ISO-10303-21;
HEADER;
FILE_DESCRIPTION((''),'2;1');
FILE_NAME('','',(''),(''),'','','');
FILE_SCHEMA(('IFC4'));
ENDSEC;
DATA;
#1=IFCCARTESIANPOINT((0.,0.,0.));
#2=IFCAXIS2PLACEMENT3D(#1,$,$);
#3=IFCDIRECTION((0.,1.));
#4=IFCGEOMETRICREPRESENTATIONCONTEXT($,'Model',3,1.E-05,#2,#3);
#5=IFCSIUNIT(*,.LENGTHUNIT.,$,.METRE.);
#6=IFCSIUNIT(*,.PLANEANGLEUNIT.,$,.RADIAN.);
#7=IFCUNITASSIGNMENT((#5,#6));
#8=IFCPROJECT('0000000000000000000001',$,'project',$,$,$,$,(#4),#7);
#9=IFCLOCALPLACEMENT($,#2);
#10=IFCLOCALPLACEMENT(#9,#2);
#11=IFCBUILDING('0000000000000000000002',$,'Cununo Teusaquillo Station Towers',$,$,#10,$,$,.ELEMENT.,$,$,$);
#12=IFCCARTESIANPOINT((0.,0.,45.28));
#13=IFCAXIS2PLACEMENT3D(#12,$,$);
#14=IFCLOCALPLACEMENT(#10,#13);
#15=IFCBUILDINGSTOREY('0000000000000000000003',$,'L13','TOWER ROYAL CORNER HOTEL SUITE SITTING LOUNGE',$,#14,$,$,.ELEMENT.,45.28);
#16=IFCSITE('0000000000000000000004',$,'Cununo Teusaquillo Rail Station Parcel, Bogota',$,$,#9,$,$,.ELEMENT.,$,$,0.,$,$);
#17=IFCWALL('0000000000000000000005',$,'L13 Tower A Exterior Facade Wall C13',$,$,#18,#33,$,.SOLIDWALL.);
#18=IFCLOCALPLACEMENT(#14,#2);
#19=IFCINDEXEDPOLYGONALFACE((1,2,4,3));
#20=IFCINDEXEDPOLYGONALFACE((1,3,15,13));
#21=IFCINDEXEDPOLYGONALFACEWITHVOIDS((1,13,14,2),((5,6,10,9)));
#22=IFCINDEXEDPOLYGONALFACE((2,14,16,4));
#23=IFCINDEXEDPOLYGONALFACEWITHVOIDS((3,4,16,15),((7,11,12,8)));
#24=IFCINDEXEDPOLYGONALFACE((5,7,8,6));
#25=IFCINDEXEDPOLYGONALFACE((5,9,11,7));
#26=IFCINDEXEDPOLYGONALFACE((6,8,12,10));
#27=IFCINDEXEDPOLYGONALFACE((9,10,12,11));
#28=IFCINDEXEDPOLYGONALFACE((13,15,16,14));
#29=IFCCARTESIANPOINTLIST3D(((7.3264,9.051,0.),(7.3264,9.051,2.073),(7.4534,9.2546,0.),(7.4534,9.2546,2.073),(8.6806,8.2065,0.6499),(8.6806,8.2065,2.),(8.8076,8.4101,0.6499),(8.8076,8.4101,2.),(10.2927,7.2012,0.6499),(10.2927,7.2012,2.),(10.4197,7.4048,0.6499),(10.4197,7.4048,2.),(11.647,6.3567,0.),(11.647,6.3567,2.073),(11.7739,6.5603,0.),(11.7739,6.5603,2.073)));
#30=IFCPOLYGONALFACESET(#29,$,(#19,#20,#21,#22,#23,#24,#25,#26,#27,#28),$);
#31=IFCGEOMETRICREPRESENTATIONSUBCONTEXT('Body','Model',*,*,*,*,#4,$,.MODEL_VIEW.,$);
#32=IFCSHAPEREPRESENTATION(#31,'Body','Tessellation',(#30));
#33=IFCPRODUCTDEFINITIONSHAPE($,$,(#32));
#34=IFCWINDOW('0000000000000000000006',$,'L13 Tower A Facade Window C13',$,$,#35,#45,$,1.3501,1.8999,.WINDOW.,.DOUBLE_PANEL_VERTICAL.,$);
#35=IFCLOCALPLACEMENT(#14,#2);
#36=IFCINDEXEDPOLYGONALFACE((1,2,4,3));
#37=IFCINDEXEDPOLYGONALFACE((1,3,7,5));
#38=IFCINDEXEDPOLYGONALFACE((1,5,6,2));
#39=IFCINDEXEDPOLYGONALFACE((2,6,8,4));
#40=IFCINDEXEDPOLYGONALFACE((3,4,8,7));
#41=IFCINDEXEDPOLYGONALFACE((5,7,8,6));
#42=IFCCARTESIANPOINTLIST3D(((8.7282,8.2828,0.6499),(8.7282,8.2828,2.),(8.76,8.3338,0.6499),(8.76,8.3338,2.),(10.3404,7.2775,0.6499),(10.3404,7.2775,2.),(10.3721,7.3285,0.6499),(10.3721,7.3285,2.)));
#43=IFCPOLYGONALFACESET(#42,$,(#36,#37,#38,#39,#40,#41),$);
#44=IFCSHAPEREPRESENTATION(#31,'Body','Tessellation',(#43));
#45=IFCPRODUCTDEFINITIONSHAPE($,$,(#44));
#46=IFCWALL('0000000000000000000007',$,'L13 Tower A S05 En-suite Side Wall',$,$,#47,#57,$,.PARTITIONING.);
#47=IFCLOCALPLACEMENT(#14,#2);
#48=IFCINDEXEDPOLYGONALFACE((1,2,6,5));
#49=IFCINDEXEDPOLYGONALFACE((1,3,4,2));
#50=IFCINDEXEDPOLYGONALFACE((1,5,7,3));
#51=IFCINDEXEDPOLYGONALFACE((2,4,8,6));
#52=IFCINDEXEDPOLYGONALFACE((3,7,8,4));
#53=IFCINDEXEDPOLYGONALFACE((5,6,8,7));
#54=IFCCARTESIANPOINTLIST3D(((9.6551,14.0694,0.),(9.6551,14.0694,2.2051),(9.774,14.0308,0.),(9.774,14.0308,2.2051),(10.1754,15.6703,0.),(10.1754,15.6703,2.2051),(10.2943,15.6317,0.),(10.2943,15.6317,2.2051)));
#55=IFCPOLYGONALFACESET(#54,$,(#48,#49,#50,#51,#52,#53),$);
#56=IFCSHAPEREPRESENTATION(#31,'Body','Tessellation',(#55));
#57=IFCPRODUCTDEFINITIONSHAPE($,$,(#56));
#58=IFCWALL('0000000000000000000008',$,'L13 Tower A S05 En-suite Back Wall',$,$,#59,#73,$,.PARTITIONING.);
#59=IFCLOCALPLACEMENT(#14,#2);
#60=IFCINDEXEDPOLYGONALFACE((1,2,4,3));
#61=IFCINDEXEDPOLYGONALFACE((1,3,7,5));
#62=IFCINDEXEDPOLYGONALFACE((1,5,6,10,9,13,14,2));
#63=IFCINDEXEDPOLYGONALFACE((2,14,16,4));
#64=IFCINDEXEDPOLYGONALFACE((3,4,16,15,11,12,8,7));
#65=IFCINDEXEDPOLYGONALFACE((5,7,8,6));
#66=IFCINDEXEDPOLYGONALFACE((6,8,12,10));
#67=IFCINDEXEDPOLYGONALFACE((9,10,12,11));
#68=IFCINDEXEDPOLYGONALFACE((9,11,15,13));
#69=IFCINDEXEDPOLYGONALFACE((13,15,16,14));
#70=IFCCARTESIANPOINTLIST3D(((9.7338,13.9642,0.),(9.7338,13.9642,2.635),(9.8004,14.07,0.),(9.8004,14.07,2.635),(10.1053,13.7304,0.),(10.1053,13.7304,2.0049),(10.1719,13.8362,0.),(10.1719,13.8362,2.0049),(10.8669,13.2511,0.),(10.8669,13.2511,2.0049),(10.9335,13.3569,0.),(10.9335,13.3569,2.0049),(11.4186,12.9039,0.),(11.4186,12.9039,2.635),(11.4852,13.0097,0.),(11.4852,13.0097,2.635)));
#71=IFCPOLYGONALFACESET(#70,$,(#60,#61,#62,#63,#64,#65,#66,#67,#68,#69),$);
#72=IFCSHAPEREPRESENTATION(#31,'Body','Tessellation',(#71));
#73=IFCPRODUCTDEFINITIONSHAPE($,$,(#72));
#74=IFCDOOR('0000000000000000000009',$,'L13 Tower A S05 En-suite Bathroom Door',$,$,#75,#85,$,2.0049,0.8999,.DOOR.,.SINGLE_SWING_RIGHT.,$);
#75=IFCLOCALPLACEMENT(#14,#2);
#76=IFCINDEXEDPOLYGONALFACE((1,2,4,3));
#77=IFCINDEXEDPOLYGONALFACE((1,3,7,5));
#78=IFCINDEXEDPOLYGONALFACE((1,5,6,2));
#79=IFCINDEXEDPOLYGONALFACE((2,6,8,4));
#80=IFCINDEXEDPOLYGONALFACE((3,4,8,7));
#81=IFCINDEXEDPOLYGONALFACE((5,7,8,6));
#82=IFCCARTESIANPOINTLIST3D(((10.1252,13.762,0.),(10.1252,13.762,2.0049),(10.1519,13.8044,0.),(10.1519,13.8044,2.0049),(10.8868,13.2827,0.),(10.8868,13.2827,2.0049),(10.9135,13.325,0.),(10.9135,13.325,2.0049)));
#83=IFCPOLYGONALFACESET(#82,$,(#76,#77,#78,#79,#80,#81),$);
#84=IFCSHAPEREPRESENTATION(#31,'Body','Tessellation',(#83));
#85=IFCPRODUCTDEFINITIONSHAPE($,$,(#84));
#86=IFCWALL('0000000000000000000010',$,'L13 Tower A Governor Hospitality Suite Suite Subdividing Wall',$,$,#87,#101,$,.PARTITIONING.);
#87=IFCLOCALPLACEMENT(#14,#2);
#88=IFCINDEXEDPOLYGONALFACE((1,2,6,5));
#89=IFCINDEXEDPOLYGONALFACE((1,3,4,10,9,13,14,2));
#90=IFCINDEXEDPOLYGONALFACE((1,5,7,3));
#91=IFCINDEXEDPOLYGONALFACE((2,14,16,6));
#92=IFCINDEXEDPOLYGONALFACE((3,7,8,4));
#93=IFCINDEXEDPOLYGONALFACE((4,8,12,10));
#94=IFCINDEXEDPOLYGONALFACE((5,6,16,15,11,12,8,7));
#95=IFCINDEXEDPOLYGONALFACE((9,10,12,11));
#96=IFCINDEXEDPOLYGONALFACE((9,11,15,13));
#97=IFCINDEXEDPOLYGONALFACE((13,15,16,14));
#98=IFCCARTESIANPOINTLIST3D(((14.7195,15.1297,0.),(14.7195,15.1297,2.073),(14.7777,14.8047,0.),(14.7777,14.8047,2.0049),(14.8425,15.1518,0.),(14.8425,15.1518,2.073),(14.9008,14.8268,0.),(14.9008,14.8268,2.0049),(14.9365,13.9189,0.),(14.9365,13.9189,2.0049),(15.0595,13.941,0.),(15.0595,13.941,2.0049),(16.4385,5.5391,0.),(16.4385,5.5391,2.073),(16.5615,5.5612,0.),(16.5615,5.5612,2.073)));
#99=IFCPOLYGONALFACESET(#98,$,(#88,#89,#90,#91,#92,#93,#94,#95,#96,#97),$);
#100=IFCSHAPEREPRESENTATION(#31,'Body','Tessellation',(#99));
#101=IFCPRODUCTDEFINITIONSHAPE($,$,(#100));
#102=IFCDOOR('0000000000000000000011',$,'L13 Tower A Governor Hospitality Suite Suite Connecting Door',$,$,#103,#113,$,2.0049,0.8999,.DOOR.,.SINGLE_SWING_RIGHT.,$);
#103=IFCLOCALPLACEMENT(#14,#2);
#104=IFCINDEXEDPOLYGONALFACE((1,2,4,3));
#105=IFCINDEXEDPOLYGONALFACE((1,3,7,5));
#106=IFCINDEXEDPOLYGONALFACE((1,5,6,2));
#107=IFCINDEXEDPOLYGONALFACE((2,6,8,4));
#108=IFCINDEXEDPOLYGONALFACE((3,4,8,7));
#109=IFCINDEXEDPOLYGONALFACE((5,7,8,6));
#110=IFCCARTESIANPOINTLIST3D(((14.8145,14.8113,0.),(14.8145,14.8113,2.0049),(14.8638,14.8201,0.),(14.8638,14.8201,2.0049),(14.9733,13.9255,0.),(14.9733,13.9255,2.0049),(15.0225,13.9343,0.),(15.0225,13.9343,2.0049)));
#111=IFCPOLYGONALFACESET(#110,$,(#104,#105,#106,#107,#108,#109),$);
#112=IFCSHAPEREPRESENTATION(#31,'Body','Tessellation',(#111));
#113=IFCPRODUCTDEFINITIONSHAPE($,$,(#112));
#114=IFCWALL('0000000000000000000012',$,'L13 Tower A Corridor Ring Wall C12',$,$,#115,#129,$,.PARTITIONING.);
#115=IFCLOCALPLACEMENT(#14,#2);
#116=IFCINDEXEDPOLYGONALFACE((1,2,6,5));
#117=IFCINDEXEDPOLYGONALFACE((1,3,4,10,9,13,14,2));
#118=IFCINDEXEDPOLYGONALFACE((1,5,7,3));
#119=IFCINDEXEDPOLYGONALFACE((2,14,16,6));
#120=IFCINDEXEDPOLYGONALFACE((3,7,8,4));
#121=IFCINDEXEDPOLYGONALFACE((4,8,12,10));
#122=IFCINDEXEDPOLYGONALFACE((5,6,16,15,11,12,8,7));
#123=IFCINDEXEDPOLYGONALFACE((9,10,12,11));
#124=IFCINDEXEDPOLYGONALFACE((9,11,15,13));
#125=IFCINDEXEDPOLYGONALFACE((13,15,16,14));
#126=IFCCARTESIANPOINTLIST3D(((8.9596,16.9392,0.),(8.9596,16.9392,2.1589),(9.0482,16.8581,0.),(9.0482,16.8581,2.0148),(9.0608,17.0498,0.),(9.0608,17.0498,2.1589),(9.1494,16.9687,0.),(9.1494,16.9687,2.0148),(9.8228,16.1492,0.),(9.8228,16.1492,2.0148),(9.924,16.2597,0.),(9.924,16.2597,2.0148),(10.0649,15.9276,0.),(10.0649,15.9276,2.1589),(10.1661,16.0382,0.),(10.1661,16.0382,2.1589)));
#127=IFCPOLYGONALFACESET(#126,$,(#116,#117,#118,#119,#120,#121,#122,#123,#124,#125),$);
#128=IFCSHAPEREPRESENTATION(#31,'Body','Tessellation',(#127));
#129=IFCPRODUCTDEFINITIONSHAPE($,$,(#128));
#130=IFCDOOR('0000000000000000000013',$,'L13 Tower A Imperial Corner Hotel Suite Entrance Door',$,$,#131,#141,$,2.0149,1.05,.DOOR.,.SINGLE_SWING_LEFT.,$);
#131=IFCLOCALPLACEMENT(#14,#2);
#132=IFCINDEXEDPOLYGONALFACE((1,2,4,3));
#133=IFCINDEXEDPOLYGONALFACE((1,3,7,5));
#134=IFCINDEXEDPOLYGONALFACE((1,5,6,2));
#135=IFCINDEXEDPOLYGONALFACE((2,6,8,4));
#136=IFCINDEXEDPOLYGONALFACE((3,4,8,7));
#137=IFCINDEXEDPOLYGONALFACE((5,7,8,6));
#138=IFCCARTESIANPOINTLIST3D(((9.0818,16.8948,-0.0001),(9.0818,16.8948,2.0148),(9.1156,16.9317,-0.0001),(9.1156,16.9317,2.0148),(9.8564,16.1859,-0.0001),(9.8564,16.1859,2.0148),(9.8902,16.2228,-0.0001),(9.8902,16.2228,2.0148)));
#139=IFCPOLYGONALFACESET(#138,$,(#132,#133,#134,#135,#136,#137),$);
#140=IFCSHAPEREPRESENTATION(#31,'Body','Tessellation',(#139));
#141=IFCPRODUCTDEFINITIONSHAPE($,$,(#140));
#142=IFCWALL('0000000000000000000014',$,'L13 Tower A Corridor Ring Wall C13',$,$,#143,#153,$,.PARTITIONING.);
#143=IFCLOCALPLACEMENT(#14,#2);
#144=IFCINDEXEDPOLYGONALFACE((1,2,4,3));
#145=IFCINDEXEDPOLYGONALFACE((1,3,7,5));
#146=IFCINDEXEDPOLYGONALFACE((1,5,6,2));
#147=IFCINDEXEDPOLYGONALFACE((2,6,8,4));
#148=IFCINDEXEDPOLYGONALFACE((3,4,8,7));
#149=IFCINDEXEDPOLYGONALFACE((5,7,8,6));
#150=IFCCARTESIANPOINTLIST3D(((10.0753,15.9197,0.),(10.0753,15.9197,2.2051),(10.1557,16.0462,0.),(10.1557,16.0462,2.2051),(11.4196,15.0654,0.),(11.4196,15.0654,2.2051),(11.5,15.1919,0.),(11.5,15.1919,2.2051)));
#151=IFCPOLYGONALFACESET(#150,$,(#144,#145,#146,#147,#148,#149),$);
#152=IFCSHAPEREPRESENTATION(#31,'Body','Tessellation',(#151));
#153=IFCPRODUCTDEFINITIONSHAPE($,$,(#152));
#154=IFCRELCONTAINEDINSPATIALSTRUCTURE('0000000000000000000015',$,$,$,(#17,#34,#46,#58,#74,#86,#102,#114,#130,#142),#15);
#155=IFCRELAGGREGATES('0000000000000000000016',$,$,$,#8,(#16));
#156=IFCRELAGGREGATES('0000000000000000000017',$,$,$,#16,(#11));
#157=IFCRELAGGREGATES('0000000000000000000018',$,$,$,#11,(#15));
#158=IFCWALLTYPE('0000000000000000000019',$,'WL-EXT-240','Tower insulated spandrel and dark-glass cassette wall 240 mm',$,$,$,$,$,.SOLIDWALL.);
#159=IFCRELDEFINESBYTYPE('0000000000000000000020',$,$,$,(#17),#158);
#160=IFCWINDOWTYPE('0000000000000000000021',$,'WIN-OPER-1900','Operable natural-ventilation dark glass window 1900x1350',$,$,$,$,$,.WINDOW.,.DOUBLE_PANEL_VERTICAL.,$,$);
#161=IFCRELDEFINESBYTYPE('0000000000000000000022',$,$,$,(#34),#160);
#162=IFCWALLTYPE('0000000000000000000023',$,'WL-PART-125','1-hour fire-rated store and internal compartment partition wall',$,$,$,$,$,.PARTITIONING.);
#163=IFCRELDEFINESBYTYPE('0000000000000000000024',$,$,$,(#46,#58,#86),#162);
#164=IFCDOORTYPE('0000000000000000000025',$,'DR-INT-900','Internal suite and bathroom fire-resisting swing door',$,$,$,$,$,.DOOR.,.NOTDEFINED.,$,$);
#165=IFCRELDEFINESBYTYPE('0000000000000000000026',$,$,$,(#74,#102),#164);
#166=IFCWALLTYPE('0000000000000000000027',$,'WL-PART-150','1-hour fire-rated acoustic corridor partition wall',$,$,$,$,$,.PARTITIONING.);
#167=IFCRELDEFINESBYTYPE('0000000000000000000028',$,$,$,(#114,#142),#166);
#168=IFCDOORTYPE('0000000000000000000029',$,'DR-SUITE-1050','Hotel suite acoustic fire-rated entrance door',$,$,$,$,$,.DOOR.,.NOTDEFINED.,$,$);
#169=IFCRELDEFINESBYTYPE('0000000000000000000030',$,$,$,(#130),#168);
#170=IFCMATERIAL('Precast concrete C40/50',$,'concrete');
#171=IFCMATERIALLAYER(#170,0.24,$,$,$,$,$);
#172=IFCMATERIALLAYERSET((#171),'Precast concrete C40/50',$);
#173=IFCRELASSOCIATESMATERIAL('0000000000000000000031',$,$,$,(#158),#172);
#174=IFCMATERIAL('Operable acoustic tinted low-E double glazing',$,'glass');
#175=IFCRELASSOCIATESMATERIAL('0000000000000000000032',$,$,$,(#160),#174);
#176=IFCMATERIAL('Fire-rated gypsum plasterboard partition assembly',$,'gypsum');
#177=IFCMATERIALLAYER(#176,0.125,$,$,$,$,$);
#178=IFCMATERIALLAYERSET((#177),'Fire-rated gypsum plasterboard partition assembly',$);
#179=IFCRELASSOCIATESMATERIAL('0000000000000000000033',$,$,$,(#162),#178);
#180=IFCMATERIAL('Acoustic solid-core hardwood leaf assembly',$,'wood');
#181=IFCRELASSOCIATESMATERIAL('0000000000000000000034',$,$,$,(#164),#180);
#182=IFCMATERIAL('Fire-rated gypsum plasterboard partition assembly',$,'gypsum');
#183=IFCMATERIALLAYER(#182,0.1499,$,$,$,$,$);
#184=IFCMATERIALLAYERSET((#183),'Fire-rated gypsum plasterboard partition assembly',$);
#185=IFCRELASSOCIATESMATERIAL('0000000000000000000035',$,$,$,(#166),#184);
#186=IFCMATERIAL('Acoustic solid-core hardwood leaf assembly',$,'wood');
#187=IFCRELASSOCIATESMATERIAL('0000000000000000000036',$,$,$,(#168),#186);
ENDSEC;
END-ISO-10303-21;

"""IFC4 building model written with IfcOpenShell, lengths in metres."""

from ifc_helpers import new_model, si_unit, direction, frame, frame_2d, origin, place, context, subcontext, project, spatial, rectangle, extrude, source, transform, mapped, material, layer, layer_set, type_object, element, fill, save


model = new_model("IFC4")

# Units and contexts
model_context = context("Model", 3, precision=1e-05, world=origin(), true_north=direction((0.0, 1.0)))
body_context = subcontext(model_context, "Body", "Model", "MODEL_VIEW")
ifc_project = project(units=[si_unit("LENGTHUNIT", "METRE"), si_unit("PLANEANGLEUNIT", "RADIAN")], contexts=[model_context])

# Site, building, storey
site_placement = place(None, origin())
site = spatial("IfcSite", under=ifc_project, at=site_placement, Name="Cununo Teusaquillo Rail Station Parcel, Bogota", CompositionType="ELEMENT", RefElevation=0.0)
building_placement = place(site_placement, origin())
building = spatial("IfcBuilding", under=site, at=building_placement, Name="Cununo Teusaquillo Station Towers", CompositionType="ELEMENT")
storey_placement = place(building_placement, frame((0.0, 0.0, 45.28)))
storey = spatial("IfcBuildingStorey", under=building, at=storey_placement, Name="L13", Description="TOWER ROYAL CORNER HOTEL SUITE SITTING LOUNGE", CompositionType="ELEMENT", Elevation=45.28)

# Shared definitions
ifc_material_1 = material(Name="Precast concrete C40/50", Category="concrete")
ifc_layer_1 = layer(ifc_material_1, 0.24)
ifc_layer_set_1 = layer_set([ifc_layer_1], Name="Precast concrete C40/50")
wall_type_1 = type_object("IfcWallType", Name="WL-EXT-240", Description="Tower insulated spandrel and dark-glass cassette wall 240 mm", PredefinedType="SOLIDWALL", material=ifc_layer_set_1)

# Wall, opening, window
wall_1_placement = place(storey_placement, frame((11.7104, 6.4585, 0.0), z_axis=(0.0, 0.0, 1.0), x_axis=(-0.848529, 0.52915, 0.0)))
wall_1 = element("IfcWall", 1, at=wall_1_placement, inside=storey, type_object=wall_type_1, Name="L13 Tower A Exterior Facade Wall C13", PredefinedType="SOLIDWALL", context=body_context, shape_type="SweptSolid", body=[
    extrude(rectangle(XDim=5.0918, YDim=0.24, at=frame_2d((2.5459, 0.0))), origin(), (0.0, 0.0, 1.0), 2.073),
])
shared_shape_1 = source(origin(), body_context, "Body", "SweptSolid", [
    extrude(rectangle(XDim=1.8999, YDim=1.3501, at=frame_2d((0.95, 0.675))), frame((0.0, 0.1299, 0.0), z_axis=(0.0, -1.0, 0.0), x_axis=(1.0, 0.0, 0.0)), (0.0, 0.0, 1.0), 0.26),
])
opening_1_placement = place(wall_1_placement, frame((1.5959, 0.0, 0.6499)))
opening_1 = element("IfcOpeningElement", 2, at=opening_1_placement, cuts=wall_1, PredefinedType="OPENING", context=body_context, shape_type="MappedRepresentation", body=[
    mapped(shared_shape_1, transform((0.0, 0.0, 0.0), x_axis=(1.0, 0.0, 0.0), y_axis=(0.0, 1.0, 0.0), z_axis=(0.0, 0.0, 1.0), scale=1.0)),
])
ifc_material_2 = material(Name="Operable acoustic tinted low-E double glazing", Category="glass")
window_type_1 = type_object("IfcWindowType", Name="WIN-OPER-1900", Description="Operable natural-ventilation dark glass window 1900x1350", PartitioningType="DOUBLE_PANEL_VERTICAL", PredefinedType="WINDOW", material=ifc_material_2)
shared_shape_2 = source(origin(), body_context, "Body", "SweptSolid", [
    extrude(rectangle(XDim=1.8999, YDim=1.3501, at=frame_2d((0.95, 0.675))), frame((0.0, 0.03, 0.0), z_axis=(0.0, -1.0, 0.0), x_axis=(1.0, 0.0, 0.0)), (0.0, 0.0, 1.0), 0.0601),
])
window_1_placement = place(opening_1_placement, origin())
window_1 = element("IfcWindow", 3, at=window_1_placement, inside=storey, type_object=window_type_1, Name="L13 Tower A Facade Window C13", OverallHeight=1.3501, OverallWidth=1.8999, PartitioningType="DOUBLE_PANEL_VERTICAL", PredefinedType="WINDOW", context=body_context, shape_type="MappedRepresentation", body=[
    mapped(shared_shape_2, transform((0.0, 0.0, 0.0), x_axis=(1.0, 0.0, 0.0), y_axis=(0.0, 1.0, 0.0), z_axis=(0.0, 0.0, 1.0), scale=1.0)),
])
fill(opening_1, window_1)

# Wall
ifc_material_3 = material(Name="Fire-rated gypsum plasterboard partition assembly", Category="gypsum")
ifc_layer_2 = layer(ifc_material_3, 0.125)
ifc_layer_set_2 = layer_set([ifc_layer_2], Name="Fire-rated gypsum plasterboard partition assembly")
wall_type_2 = type_object("IfcWallType", Name="WL-PART-125", Description="1-hour fire-rated store and internal compartment partition wall", PredefinedType="PARTITIONING", material=ifc_layer_set_2)
wall_2_placement = place(storey_placement, frame((10.2349, 15.6511, 0.0), z_axis=(0.0, 0.0, 1.0), x_axis=(-0.309083, -0.951035, 0.0)))
element("IfcWall", 4, at=wall_2_placement, inside=storey, type_object=wall_type_2, Name="L13 Tower A S05 En-suite Side Wall", PredefinedType="PARTITIONING", context=body_context, shape_type="SweptSolid", body=[
    extrude(rectangle(XDim=1.6833, YDim=0.125, at=frame_2d((0.8418, 0.0))), origin(), (0.0, 0.0, 1.0), 2.2051),
])

# Walls, openings, doors
wall_3_placement = place(storey_placement, frame((9.7671, 14.0171, 0.0), z_axis=(0.0, 0.0, 1.0), x_axis=(0.846348, -0.532631, 0.0)))
wall_3 = element("IfcWall", 5, at=wall_3_placement, inside=storey, type_object=wall_type_2, Name="L13 Tower A S05 En-suite Back Wall", PredefinedType="PARTITIONING", context=body_context, shape_type="SweptSolid", body=[
    extrude(rectangle(XDim=1.9907, YDim=0.125, at=frame_2d((0.9954, 0.0))), origin(), (0.0, 0.0, 1.0), 2.635),
])
shared_shape_3 = source(origin(), body_context, "Body", "SweptSolid", [
    extrude(rectangle(XDim=0.8999, YDim=2.0049, at=frame_2d((0.45, 1.0024))), frame((0.0, 0.0725, 0.0), z_axis=(0.0, -1.0, 0.0), x_axis=(1.0, 0.0, 0.0)), (0.0, 0.0, 1.0), 0.145),
])
opening_2_placement = place(wall_3_placement, frame((0.439, 0.0, 0.0)))
opening_2 = element("IfcOpeningElement", 6, at=opening_2_placement, cuts=wall_3, PredefinedType="OPENING", context=body_context, shape_type="MappedRepresentation", body=[
    mapped(shared_shape_3, transform((0.0, 0.0, 0.0), x_axis=(1.0, 0.0, 0.0), y_axis=(0.0, 1.0, 0.0), z_axis=(0.0, 0.0, 1.0), scale=1.0)),
])
ifc_material_4 = material(Name="Acoustic solid-core hardwood leaf assembly", Category="wood")
door_type_1 = type_object("IfcDoorType", Name="DR-INT-900", Description="Internal suite and bathroom fire-resisting swing door", OperationType="NOTDEFINED", PredefinedType="DOOR", material=ifc_material_4)
shared_shape_4 = source(origin(), body_context, "Body", "SweptSolid", [
    extrude(rectangle(XDim=0.8999, YDim=2.0049, at=frame_2d((0.45, 1.0024))), frame((0.0, 0.0249, 0.0), z_axis=(0.0, -1.0, 0.0), x_axis=(1.0, 0.0, 0.0)), (0.0, 0.0, 1.0), 0.05),
])
door_1_placement = place(opening_2_placement, origin())
door_1 = element("IfcDoor", 7, at=door_1_placement, inside=storey, type_object=door_type_1, Name="L13 Tower A S05 En-suite Bathroom Door", OperationType="SINGLE_SWING_RIGHT", OverallHeight=2.0049, OverallWidth=0.8999, PredefinedType="DOOR", context=body_context, shape_type="MappedRepresentation", body=[
    mapped(shared_shape_4, transform((0.0, 0.0, 0.0), x_axis=(1.0, 0.0, 0.0), y_axis=(0.0, 1.0, 0.0), z_axis=(0.0, 0.0, 1.0), scale=1.0)),
])
fill(opening_2, door_1)
wall_4_placement = place(storey_placement, frame((14.781, 15.1406, 0.0), z_axis=(0.0, 0.0, 1.0), x_axis=(0.176426, -0.984314, 0.0)))
wall_4 = element("IfcWall", 8, at=wall_4_placement, inside=storey, type_object=wall_type_2, Name="L13 Tower A Governor Hospitality Suite Suite Subdividing Wall", PredefinedType="PARTITIONING", context=body_context, shape_type="SweptSolid", body=[
    extrude(rectangle(XDim=9.7434, YDim=0.125, at=frame_2d((4.8716, 0.0))), origin(), (0.0, 0.0, 1.0), 2.073),
])
opening_3_placement = place(wall_4_placement, frame((0.3301, 0.0, 0.0)))
opening_3 = element("IfcOpeningElement", 9, at=opening_3_placement, cuts=wall_4, PredefinedType="OPENING", context=body_context, shape_type="MappedRepresentation", body=[
    mapped(shared_shape_3, transform((0.0, 0.0, 0.0), x_axis=(1.0, 0.0, 0.0), y_axis=(0.0, 1.0, 0.0), z_axis=(0.0, 0.0, 1.0), scale=1.0)),
])
door_2_placement = place(opening_3_placement, origin())
door_2 = element("IfcDoor", 10, at=door_2_placement, inside=storey, type_object=door_type_1, Name="L13 Tower A Governor Hospitality Suite Suite Connecting Door", OperationType="SINGLE_SWING_RIGHT", OverallHeight=2.0049, OverallWidth=0.8999, PredefinedType="DOOR", context=body_context, shape_type="MappedRepresentation", body=[
    mapped(shared_shape_4, transform((0.0, 0.0, 0.0), x_axis=(1.0, 0.0, 0.0), y_axis=(0.0, 1.0, 0.0), z_axis=(0.0, 0.0, 1.0), scale=1.0)),
])
fill(opening_3, door_2)
ifc_material_5 = material(Name="Fire-rated gypsum plasterboard partition assembly", Category="gypsum")
ifc_layer_3 = layer(ifc_material_5, 0.1499)
ifc_layer_set_3 = layer_set([ifc_layer_3], Name="Fire-rated gypsum plasterboard partition assembly")
wall_type_3 = type_object("IfcWallType", Name="WL-PART-150", Description="1-hour fire-rated acoustic corridor partition wall", PredefinedType="PARTITIONING", material=ifc_layer_set_3)
wall_5_placement = place(storey_placement, frame((9.0103, 16.9944, 0.0), z_axis=(0.0, 0.0, 1.0), x_axis=(0.737702, -0.675127, 0.0)))
wall_5 = element("IfcWall", 11, at=wall_5_placement, inside=storey, type_object=wall_type_3, Name="L13 Tower A Corridor Ring Wall C12", PredefinedType="PARTITIONING", context=body_context, shape_type="SweptSolid", body=[
    extrude(rectangle(XDim=1.4983, YDim=0.1499, at=frame_2d((0.749, 0.0))), origin(), (0.0, 0.0, 1.0), 2.1589),
])
shared_shape_5 = source(origin(), body_context, "Body", "SweptSolid", [
    extrude(rectangle(XDim=1.05, YDim=2.0149, at=frame_2d((0.5249, 1.0073))), frame((0.0, 0.085, 0.0), z_axis=(0.0, -1.0, 0.0), x_axis=(1.0, 0.0, 0.0)), (0.0, 0.0, 1.0), 0.1699),
])
opening_4_placement = place(wall_5_placement, frame((0.1201, 0.0, 0.0)))
opening_4 = element("IfcOpeningElement", 12, at=opening_4_placement, cuts=wall_5, PredefinedType="OPENING", context=body_context, shape_type="MappedRepresentation", body=[
    mapped(shared_shape_5, transform((0.0, 0.0, 0.0), x_axis=(1.0, 0.0, 0.0), y_axis=(0.0, 1.0, 0.0), z_axis=(0.0, 0.0, 1.0), scale=1.0)),
])
ifc_material_6 = material(Name="Acoustic solid-core hardwood leaf assembly", Category="wood")
door_type_2 = type_object("IfcDoorType", Name="DR-SUITE-1050", Description="Hotel suite acoustic fire-rated entrance door", OperationType="NOTDEFINED", PredefinedType="DOOR", material=ifc_material_6)
shared_shape_6 = source(origin(), body_context, "Body", "SweptSolid", [
    extrude(rectangle(XDim=1.05, YDim=2.0149, at=frame_2d((0.5249, 1.0073))), frame((0.0, 0.0249, 0.0), z_axis=(0.0, -1.0, 0.0), x_axis=(1.0, 0.0, 0.0)), (0.0, 0.0, 1.0), 0.05),
])
door_3_placement = place(opening_4_placement, origin())
door_3 = element("IfcDoor", 13, at=door_3_placement, inside=storey, type_object=door_type_2, Name="L13 Tower A Imperial Corner Hotel Suite Entrance Door", OperationType="SINGLE_SWING_LEFT", OverallHeight=2.0149, OverallWidth=1.05, PredefinedType="DOOR", context=body_context, shape_type="MappedRepresentation", body=[
    mapped(shared_shape_6, transform((0.0, 0.0, 0.0), x_axis=(1.0, 0.0, 0.0), y_axis=(0.0, 1.0, 0.0), z_axis=(0.0, 0.0, 1.0), scale=1.0)),
])
fill(opening_4, door_3)

# Wall
wall_6_placement = place(storey_placement, frame((10.1155, 15.9829, 0.0), z_axis=(0.0, 0.0, 1.0), x_axis=(0.843996, -0.53635, 0.0)))
element("IfcWall", 14, at=wall_6_placement, inside=storey, type_object=wall_type_3, Name="L13 Tower A Corridor Ring Wall C13", PredefinedType="PARTITIONING", context=body_context, shape_type="SweptSolid", body=[
    extrude(rectangle(XDim=1.5928, YDim=0.1499, at=frame_2d((0.7964, 0.0))), origin(), (0.0, 0.0, 1.0), 2.2051),
])

save(model, "model.ifc")
